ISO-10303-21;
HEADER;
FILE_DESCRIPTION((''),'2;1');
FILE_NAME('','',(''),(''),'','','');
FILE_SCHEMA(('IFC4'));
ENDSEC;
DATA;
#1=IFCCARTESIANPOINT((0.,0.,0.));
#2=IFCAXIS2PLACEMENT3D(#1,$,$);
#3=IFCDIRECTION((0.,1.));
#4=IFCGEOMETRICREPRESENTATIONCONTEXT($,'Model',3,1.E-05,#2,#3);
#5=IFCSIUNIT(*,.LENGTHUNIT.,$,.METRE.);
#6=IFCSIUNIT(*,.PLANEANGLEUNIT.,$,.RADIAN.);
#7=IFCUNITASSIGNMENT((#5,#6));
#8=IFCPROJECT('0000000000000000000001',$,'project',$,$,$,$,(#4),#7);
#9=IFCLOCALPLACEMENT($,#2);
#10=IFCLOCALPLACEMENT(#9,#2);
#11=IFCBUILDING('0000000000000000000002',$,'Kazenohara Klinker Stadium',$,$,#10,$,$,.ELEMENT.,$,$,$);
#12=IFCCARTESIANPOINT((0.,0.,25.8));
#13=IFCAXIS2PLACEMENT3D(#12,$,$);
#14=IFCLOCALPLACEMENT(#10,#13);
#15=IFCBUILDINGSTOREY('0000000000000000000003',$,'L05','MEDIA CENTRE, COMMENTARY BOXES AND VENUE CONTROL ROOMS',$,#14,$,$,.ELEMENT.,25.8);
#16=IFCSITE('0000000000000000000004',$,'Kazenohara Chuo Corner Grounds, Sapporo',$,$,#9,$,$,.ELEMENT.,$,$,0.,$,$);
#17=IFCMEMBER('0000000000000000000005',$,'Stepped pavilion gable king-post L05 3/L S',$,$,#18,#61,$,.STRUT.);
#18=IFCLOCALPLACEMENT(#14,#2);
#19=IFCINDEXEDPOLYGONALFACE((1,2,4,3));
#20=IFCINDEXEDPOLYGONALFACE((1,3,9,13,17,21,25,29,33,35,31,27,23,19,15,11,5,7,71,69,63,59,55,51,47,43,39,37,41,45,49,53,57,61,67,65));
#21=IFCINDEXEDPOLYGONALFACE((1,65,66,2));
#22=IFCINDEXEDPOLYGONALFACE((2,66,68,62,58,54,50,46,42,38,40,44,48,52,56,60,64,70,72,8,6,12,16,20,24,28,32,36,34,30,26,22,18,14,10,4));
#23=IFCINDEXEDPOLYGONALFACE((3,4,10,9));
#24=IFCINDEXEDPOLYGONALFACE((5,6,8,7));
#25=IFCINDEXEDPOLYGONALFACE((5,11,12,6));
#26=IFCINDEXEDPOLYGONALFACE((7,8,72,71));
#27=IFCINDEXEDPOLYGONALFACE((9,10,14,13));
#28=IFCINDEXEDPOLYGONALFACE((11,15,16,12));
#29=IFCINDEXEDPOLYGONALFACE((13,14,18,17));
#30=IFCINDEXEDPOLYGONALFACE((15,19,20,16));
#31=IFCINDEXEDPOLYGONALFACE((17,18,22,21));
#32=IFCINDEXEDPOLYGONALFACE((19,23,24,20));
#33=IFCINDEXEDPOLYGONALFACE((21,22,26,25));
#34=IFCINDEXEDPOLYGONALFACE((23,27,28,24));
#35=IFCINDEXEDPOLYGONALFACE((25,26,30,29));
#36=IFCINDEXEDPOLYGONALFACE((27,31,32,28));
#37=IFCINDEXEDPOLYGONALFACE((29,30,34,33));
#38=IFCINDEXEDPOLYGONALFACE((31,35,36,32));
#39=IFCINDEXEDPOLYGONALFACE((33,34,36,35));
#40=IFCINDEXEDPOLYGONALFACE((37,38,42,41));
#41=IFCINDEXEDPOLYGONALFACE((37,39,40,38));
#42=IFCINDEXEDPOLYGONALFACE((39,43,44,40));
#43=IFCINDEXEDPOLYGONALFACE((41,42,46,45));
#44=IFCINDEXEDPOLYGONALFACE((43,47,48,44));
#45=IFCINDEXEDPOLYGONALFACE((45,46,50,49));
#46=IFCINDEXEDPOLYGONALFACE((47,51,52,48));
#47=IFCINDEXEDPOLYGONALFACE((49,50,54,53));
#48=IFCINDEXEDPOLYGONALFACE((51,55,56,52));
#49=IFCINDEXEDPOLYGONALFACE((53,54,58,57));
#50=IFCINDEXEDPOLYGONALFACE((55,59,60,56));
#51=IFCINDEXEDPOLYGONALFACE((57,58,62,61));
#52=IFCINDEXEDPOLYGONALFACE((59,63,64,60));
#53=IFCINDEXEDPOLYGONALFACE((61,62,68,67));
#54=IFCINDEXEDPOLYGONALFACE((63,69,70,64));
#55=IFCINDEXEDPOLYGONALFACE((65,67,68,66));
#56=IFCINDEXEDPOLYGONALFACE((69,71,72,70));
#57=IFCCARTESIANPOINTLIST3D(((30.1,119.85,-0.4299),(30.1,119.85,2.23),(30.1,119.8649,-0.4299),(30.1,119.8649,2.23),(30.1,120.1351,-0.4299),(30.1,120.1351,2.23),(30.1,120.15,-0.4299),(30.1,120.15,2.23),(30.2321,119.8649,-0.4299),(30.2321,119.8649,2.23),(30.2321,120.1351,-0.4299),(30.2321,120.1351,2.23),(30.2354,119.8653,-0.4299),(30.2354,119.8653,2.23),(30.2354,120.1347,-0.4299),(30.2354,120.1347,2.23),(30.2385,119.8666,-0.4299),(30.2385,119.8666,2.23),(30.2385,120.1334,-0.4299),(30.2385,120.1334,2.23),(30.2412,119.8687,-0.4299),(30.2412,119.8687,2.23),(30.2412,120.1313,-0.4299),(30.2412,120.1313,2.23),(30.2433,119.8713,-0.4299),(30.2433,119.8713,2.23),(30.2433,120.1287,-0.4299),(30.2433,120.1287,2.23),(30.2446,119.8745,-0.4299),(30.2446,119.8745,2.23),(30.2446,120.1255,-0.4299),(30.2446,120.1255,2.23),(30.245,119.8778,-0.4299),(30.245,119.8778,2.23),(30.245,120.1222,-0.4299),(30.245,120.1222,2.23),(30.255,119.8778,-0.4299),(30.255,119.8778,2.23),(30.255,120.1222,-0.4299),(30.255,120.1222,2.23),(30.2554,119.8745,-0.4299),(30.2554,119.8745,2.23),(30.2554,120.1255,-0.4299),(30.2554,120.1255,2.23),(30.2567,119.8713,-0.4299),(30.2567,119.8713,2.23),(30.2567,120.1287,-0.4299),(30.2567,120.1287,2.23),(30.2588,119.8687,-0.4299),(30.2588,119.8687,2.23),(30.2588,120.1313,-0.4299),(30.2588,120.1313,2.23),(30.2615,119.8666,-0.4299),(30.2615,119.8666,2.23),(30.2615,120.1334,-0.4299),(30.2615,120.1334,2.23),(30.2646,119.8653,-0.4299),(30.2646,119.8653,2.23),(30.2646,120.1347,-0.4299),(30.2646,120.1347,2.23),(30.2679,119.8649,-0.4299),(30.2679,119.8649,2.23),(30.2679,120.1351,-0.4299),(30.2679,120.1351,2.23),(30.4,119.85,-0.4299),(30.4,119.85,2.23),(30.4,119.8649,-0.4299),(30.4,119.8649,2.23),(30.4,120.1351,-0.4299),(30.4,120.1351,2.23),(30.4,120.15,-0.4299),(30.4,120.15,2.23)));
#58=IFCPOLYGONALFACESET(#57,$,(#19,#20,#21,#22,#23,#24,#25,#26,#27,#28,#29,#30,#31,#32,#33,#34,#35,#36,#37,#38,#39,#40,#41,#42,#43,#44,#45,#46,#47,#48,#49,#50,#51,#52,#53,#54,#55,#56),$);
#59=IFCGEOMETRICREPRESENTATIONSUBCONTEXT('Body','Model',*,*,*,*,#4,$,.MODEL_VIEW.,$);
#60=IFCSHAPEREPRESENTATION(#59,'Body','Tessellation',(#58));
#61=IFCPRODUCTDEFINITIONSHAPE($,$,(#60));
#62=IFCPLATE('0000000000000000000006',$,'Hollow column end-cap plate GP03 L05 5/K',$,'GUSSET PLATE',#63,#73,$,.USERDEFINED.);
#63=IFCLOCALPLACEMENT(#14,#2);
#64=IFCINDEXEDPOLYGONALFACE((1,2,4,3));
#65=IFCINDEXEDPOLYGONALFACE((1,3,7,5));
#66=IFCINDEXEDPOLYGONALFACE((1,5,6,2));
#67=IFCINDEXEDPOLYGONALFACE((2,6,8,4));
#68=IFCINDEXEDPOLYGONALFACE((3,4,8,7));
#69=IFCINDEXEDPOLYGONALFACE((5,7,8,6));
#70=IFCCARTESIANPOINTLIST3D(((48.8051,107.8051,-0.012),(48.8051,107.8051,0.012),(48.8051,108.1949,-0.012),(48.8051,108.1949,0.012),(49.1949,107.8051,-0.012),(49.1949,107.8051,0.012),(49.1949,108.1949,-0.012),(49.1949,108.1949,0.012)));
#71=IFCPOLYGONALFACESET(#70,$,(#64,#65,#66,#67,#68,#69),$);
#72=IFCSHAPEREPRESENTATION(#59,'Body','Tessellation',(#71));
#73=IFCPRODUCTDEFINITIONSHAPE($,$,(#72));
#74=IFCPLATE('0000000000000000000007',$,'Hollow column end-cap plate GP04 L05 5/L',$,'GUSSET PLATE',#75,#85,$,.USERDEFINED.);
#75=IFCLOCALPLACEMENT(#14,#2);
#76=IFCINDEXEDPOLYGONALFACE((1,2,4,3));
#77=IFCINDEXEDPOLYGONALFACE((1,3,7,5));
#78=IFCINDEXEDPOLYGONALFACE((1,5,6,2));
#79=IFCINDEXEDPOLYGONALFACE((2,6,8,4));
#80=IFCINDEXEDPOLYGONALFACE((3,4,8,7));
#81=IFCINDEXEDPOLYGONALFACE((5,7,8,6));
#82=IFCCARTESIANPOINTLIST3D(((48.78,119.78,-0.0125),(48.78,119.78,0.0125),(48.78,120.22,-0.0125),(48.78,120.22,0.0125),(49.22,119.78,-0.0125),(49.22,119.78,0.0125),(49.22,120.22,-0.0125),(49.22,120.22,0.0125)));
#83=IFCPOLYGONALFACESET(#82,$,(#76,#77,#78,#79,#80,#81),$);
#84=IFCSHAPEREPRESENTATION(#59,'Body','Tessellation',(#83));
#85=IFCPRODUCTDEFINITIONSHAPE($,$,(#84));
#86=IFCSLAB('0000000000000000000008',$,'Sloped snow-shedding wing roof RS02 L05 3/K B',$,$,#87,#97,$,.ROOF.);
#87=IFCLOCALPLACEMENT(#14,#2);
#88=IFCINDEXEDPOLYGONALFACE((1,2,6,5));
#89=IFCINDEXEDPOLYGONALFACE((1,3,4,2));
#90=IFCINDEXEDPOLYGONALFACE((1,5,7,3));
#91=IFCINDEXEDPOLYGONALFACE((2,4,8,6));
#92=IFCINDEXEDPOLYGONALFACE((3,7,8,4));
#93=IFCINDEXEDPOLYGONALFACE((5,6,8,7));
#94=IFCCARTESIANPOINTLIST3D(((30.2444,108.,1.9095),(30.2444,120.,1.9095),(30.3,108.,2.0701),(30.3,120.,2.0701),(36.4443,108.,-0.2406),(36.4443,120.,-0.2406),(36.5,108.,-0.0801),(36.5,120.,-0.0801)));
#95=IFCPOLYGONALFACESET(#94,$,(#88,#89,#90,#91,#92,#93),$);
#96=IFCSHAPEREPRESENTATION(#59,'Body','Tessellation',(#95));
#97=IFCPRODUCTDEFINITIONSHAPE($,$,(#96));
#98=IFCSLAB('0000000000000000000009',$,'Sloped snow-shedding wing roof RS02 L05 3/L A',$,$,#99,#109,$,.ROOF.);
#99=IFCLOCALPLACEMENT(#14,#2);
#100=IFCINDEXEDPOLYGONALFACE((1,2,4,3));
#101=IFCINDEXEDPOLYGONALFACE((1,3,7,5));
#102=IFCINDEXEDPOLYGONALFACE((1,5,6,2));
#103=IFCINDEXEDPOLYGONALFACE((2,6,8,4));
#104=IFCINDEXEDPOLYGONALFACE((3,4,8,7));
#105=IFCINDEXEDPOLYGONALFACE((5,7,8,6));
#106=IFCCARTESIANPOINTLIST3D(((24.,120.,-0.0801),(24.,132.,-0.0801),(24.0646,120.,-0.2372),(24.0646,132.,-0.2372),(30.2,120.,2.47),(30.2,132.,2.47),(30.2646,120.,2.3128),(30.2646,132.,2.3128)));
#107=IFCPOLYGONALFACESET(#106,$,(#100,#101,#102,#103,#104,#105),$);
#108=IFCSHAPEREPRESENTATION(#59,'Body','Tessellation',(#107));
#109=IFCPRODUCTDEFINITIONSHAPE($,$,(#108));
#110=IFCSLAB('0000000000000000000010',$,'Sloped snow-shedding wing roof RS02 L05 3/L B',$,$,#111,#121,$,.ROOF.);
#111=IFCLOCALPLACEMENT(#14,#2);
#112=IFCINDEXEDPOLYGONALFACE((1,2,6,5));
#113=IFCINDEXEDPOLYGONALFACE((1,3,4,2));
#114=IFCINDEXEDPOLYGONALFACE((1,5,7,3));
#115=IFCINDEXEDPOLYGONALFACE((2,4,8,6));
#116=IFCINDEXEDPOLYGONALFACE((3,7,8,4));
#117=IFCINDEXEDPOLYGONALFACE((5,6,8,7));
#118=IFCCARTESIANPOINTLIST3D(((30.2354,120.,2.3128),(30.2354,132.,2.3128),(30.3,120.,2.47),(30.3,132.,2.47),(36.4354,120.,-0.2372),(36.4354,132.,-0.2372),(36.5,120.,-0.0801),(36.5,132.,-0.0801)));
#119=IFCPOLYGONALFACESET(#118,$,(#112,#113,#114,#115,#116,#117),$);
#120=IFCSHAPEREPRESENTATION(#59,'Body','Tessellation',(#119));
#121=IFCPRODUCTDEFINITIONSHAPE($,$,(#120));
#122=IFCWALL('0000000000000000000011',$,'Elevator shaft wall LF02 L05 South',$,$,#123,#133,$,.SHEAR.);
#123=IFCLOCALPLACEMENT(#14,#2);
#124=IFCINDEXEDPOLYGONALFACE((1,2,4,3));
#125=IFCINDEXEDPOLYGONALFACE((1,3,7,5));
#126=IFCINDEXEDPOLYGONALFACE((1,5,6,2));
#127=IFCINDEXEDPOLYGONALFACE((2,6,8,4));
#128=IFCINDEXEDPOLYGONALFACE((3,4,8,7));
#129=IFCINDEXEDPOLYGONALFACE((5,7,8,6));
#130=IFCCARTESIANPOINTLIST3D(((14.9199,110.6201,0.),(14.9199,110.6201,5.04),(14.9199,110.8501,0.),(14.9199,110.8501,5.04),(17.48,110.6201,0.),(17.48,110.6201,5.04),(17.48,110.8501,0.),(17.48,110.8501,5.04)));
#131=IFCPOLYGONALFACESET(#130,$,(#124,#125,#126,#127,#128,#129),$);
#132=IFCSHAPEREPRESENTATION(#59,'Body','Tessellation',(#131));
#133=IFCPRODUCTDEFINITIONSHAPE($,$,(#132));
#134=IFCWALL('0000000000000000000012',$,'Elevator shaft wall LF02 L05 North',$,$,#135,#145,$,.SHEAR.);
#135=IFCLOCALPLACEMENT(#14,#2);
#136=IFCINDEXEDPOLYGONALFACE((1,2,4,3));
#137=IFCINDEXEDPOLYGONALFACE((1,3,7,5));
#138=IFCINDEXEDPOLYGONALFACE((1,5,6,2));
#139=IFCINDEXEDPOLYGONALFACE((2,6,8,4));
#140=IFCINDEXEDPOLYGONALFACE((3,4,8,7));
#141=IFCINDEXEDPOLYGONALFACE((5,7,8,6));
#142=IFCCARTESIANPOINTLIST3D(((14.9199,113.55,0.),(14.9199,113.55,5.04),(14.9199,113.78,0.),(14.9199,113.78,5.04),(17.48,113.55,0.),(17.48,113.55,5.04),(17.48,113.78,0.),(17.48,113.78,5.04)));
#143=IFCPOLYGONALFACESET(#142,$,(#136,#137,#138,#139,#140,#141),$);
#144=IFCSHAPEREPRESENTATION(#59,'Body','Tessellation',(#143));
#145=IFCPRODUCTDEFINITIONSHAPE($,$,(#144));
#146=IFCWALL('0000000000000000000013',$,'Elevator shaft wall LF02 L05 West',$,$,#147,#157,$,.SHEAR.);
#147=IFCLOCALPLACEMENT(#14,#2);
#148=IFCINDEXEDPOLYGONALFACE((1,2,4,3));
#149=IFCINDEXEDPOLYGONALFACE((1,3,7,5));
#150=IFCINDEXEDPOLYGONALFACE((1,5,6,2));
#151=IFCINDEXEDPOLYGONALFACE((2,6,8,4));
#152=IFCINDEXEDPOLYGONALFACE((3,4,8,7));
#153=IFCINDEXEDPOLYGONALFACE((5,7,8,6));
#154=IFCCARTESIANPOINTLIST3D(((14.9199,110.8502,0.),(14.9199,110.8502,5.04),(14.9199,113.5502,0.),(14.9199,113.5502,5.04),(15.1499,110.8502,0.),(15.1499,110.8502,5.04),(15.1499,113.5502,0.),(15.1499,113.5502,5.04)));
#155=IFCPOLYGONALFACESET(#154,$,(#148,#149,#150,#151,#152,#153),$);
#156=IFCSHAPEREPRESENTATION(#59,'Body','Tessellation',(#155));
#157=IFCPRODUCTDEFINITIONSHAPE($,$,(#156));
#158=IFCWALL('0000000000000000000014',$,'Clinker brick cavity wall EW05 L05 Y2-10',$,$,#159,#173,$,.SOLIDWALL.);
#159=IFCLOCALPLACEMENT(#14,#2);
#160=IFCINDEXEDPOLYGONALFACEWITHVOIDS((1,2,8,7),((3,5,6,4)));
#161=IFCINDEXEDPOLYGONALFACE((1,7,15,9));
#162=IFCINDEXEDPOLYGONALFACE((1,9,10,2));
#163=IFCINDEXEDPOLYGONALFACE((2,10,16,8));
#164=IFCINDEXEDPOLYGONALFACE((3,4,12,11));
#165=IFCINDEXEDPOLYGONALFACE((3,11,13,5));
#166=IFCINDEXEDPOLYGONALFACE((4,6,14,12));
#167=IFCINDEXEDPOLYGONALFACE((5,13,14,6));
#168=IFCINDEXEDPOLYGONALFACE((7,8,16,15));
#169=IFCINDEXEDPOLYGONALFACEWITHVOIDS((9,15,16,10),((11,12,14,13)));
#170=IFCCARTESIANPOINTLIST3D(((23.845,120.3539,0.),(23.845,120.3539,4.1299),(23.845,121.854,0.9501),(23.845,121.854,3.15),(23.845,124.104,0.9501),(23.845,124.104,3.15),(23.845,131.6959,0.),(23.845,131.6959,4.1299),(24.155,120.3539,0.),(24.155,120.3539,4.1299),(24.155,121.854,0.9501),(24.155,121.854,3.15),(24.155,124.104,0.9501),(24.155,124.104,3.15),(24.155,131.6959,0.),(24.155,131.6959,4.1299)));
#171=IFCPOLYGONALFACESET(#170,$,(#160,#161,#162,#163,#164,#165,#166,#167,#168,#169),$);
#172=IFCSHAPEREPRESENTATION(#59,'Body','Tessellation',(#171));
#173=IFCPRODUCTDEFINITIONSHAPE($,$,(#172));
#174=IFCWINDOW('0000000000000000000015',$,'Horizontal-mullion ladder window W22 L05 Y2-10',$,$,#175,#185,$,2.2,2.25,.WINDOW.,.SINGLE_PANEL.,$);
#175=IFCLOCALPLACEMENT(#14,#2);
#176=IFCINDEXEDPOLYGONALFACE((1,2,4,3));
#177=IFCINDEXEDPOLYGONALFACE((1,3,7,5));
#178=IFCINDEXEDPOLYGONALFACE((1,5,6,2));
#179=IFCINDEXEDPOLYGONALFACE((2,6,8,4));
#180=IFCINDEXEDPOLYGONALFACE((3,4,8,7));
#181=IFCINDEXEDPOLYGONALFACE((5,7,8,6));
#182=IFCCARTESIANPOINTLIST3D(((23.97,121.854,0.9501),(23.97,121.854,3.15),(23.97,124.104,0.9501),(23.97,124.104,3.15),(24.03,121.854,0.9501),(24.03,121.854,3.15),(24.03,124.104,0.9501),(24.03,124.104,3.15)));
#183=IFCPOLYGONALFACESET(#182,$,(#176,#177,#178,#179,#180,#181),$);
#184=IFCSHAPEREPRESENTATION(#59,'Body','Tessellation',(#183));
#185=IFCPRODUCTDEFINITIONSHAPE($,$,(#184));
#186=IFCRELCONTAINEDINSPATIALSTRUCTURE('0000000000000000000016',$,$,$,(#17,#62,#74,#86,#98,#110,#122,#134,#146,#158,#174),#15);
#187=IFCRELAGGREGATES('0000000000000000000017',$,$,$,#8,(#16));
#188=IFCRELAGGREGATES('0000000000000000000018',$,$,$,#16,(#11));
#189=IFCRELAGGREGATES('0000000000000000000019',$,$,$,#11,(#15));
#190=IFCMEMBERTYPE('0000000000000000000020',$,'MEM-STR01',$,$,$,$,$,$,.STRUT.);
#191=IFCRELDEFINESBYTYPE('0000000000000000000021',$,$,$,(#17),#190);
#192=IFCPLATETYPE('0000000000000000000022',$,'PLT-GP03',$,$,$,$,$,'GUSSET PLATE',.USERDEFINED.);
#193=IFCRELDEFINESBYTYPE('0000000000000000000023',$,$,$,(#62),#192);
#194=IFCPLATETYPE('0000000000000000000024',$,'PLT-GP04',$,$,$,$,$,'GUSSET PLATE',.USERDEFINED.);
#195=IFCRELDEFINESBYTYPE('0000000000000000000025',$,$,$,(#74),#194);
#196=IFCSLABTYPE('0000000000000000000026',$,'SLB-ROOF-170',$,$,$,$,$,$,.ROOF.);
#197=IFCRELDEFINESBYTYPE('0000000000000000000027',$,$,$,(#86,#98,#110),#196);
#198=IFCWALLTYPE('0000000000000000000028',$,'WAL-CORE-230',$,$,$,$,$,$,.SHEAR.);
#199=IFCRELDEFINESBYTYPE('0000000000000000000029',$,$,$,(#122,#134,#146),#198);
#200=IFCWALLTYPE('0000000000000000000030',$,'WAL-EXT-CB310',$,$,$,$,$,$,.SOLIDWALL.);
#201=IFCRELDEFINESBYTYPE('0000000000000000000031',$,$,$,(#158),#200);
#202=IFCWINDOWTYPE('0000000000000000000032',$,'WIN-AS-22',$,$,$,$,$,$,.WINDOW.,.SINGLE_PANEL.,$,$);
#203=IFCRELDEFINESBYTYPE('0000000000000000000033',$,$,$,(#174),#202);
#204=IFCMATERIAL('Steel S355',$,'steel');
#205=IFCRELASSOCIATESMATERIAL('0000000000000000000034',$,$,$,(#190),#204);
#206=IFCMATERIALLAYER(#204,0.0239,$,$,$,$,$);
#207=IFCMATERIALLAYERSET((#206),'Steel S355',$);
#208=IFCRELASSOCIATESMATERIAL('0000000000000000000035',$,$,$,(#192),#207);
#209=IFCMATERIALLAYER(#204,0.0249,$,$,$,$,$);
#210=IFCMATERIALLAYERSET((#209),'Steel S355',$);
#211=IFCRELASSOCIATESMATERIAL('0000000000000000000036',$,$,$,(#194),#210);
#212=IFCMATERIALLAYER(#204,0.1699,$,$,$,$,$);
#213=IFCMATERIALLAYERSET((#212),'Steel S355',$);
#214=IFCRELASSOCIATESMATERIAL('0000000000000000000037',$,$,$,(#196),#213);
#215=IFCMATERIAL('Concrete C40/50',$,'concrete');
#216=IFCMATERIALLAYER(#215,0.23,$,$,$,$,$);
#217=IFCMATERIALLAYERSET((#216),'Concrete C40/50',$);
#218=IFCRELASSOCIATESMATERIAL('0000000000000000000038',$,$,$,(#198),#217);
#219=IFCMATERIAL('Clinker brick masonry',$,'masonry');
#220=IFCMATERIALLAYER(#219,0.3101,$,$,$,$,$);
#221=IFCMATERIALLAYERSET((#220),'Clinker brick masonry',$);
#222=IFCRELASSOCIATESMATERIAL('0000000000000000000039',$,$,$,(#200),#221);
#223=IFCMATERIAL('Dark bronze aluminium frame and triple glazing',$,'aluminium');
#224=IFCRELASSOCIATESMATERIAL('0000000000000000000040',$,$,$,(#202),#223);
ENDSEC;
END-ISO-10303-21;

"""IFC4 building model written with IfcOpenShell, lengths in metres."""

from ifc_helpers import new_model, si_unit, direction, frame, frame_2d, origin, origin_2d, place, context, subcontext, project, spatial, polyline, rectangle, i_section, outline, extrude, material, layer, layer_set, material_profile, profile_set, type_object, element, fill, save


model = new_model("IFC4")

# Units and contexts
model_context = context("Model", 3, precision=1e-05, world=origin(), true_north=direction((0.0, 1.0)))
body_context = subcontext(model_context, "Body", "Model", "MODEL_VIEW")
ifc_project = project(units=[si_unit("LENGTHUNIT", "METRE"), si_unit("PLANEANGLEUNIT", "RADIAN")], contexts=[model_context])

# Site, building, storey
site_placement = place(None, origin())
site = spatial("IfcSite", under=ifc_project, at=site_placement, Name="Kazenohara Chuo Corner Grounds, Sapporo", CompositionType="ELEMENT", RefElevation=0.0)
building_placement = place(site_placement, origin())
building = spatial("IfcBuilding", under=site, at=building_placement, Name="Kazenohara Klinker Stadium", CompositionType="ELEMENT")
storey_placement = place(building_placement, frame((0.0, 0.0, 25.8)))
storey = spatial("IfcBuildingStorey", under=building, at=storey_placement, Name="L05", Description="MEDIA CENTRE, COMMENTARY BOXES AND VENUE CONTROL ROOMS", CompositionType="ELEMENT", Elevation=25.8)

# Shared definitions
ifc_material_1 = material(Name="Concrete C40/50", Category="concrete")
ifc_material_2 = material(Name="Steel S355", Category="steel")

# Member
ifc_material_profile_1 = material_profile(ifc_material_2, i_section(OverallWidth=0.3, OverallDepth=0.3, WebThickness=0.01, FlangeThickness=0.0149, FilletRadius=0.0129, at=origin_2d()), Name="H-300x300x10x15")
ifc_profile_set_1 = profile_set([ifc_material_profile_1], Name="Steel S355")
member_type_1 = type_object("IfcMemberType", Name="MEM-STR01", PredefinedType="STRUT", material=ifc_profile_set_1)
for number, where, z_axis, x_axis, name in (
    (1, (30.25, 120.0, -0.4299), (0.0, 0.0, 1.0), (1.0, 0.0, 0.0), "Stepped pavilion gable king-post L05 3/L S"),
):
    element("IfcMember", number, at=place(storey_placement, frame(where, z_axis=z_axis, x_axis=x_axis)), inside=storey, type_object=member_type_1, Name=name, PredefinedType="STRUT", context=body_context, shape_type="SweptSolid", body=[
        extrude(i_section(OverallWidth=0.3, OverallDepth=0.3, WebThickness=0.01, FlangeThickness=0.0149, FilletRadius=0.0129, at=origin_2d()), origin(), (0.0, 0.0, 1.0), 2.6599),
    ])

# Plates
ifc_layer_1 = layer(ifc_material_2, 0.0239)
ifc_layer_set_1 = layer_set([ifc_layer_1], Name="Steel S355")
plate_type_1 = type_object("IfcPlateType", Name="PLT-GP03", ElementType="GUSSET PLATE", PredefinedType="USERDEFINED", material=ifc_layer_set_1)
plate_1_placement = place(storey_placement, frame((49.0, 108.0, -0.012), z_axis=(0.0, 0.0, 1.0), x_axis=(1.0, 0.0, 0.0)))
element("IfcPlate", 2, at=plate_1_placement, inside=storey, type_object=plate_type_1, Name="Hollow column end-cap plate GP03 L05 5/K", ObjectType="GUSSET PLATE", PredefinedType="USERDEFINED", context=body_context, shape_type="SweptSolid", body=[
    extrude(rectangle(XDim=0.3899, YDim=0.3899, at=origin_2d()), origin(), (0.0, 0.0, 1.0), 0.0239),
])
ifc_layer_2 = layer(ifc_material_2, 0.0249)
ifc_layer_set_2 = layer_set([ifc_layer_2], Name="Steel S355")
plate_type_2 = type_object("IfcPlateType", Name="PLT-GP04", ElementType="GUSSET PLATE", PredefinedType="USERDEFINED", material=ifc_layer_set_2)
plate_2_placement = place(storey_placement, frame((49.0, 120.0, -0.0125), z_axis=(0.0, 0.0, 1.0), x_axis=(1.0, 0.0, 0.0)))
element("IfcPlate", 3, at=plate_2_placement, inside=storey, type_object=plate_type_2, Name="Hollow column end-cap plate GP04 L05 5/L", ObjectType="GUSSET PLATE", PredefinedType="USERDEFINED", context=body_context, shape_type="SweptSolid", body=[
    extrude(rectangle(XDim=0.4399, YDim=0.4399, at=origin_2d()), origin(), (0.0, 0.0, 1.0), 0.0249),
])

# Slabs
ifc_layer_3 = layer(ifc_material_2, 0.1699)
ifc_layer_set_3 = layer_set([ifc_layer_3], Name="Steel S355")
slab_type = type_object("IfcSlabType", Name="SLB-ROOF-170", PredefinedType="ROOF", material=ifc_layer_set_3)
slab_placement = place(storey_placement, frame((30.3, 108.0, 2.0701), z_axis=(0.327656, 0.0, 0.944797), x_axis=(0.944797, 0.0, -0.327656)))
element("IfcSlab", 4, at=slab_placement, inside=storey, type_object=slab_type, Name="Sloped snow-shedding wing roof RS02 L05 3/K B", PredefinedType="ROOF", context=body_context, shape_type="SweptSolid", body=[
    extrude(outline(polyline([(0.0, 0.0), (6.5622, 0.0), (6.5622, 12.0), (0.0, 12.0), (0.0, 0.0)])), origin(), (0.0, 0.0, -1.0), 0.1699),
])
for number, where, z_axis, x_axis, name in (
    (5, (24.0, 120.0, -0.0801), (-0.380383, 0.0, 0.924829), (0.924829, 0.0, 0.380383), "Sloped snow-shedding wing roof RS02 L05 3/L A"),
    (6, (30.3, 120.0, 2.47), (0.380383, 0.0, 0.924829), (0.924829, 0.0, -0.380383), "Sloped snow-shedding wing roof RS02 L05 3/L B"),
):
    element("IfcSlab", number, at=place(storey_placement, frame(where, z_axis=z_axis, x_axis=x_axis)), inside=storey, type_object=slab_type, Name=name, PredefinedType="ROOF", context=body_context, shape_type="SweptSolid", body=[
        extrude(outline(polyline([(0.0, 0.0), (6.7039, 0.0), (6.7039, 12.0), (0.0, 12.0), (0.0, 0.0)])), origin(), (0.0, 0.0, -1.0), 0.1699),
    ])

# Walls
ifc_layer_4 = layer(ifc_material_1, 0.23)
ifc_layer_set_4 = layer_set([ifc_layer_4], Name="Concrete C40/50")
wall_type_1 = type_object("IfcWallType", Name="WAL-CORE-230", PredefinedType="SHEAR", material=ifc_layer_set_4)
for number, where, z_axis, x_axis, name in (
    (7, (14.9199, 110.7351, 0.0), (0.0, 0.0, 1.0), (1.0, 0.0, 0.0), "Elevator shaft wall LF02 L05 South"),
    (8, (14.9199, 113.665, 0.0), (0.0, 0.0, 1.0), (1.0, 0.0, 0.0), "Elevator shaft wall LF02 L05 North"),
):
    element("IfcWall", number, at=place(storey_placement, frame(where, z_axis=z_axis, x_axis=x_axis)), inside=storey, type_object=wall_type_1, Name=name, PredefinedType="SHEAR", context=body_context, shape_type="SweptSolid", body=[
        extrude(rectangle(XDim=2.5601, YDim=0.23, at=frame_2d((1.28, 0.0))), origin(), (0.0, 0.0, 1.0), 5.04),
    ])
wall_1_placement = place(storey_placement, frame((15.0349, 110.8501, 0.0), z_axis=(0.0, 0.0, 1.0), x_axis=(0.0, 1.0, 0.0)))
element("IfcWall", 9, at=wall_1_placement, inside=storey, type_object=wall_type_1, Name="Elevator shaft wall LF02 L05 West", PredefinedType="SHEAR", context=body_context, shape_type="SweptSolid", body=[
    extrude(rectangle(XDim=2.7, YDim=0.23, at=frame_2d((1.3501, 0.0))), origin(), (0.0, 0.0, 1.0), 5.04),
])

# Wall, opening, window
ifc_material_3 = material(Name="Clinker brick masonry", Category="masonry")
ifc_layer_5 = layer(ifc_material_3, 0.3101)
ifc_layer_set_5 = layer_set([ifc_layer_5], Name="Clinker brick masonry")
wall_type_2 = type_object("IfcWallType", Name="WAL-EXT-CB310", PredefinedType="SOLIDWALL", material=ifc_layer_set_5)
wall_2_placement = place(storey_placement, frame((24.0, 120.354, 0.0), z_axis=(0.0, 0.0, 1.0), x_axis=(0.0, 1.0, 0.0)))
wall_2 = element("IfcWall", 10, at=wall_2_placement, inside=storey, type_object=wall_type_2, Name="Clinker brick cavity wall EW05 L05 Y2-10", PredefinedType="SOLIDWALL", context=body_context, shape_type="SweptSolid", body=[
    extrude(rectangle(XDim=11.342, YDim=0.3101, at=frame_2d((5.6709, 0.0))), origin(), (0.0, 0.0, 1.0), 4.1299),
])
opening_1_placement = place(wall_2_placement, frame((1.5, 0.0, 0.95)))
opening_1 = element("IfcOpeningElement", 11, at=opening_1_placement, cuts=wall_2, PredefinedType="OPENING", context=body_context, shape_type="SweptSolid", body=[
    extrude(rectangle(XDim=2.25, YDim=2.2, at=frame_2d((1.125, 1.1001))), frame((0.0, 0.165, 0.0), z_axis=(0.0, -1.0, 0.0), x_axis=(1.0, 0.0, 0.0)), (0.0, 0.0, 1.0), 0.3301),
])
ifc_material_4 = material(Name="Dark bronze aluminium frame and triple glazing", Category="aluminium")
window_type_1 = type_object("IfcWindowType", Name="WIN-AS-22", PartitioningType="SINGLE_PANEL", PredefinedType="WINDOW", material=ifc_material_4)
window_1_placement = place(opening_1_placement, origin())
window_1 = element("IfcWindow", 12, at=window_1_placement, inside=storey, type_object=window_type_1, Name="Horizontal-mullion ladder window W22 L05 Y2-10", OverallHeight=2.2, OverallWidth=2.25, PartitioningType="SINGLE_PANEL", PredefinedType="WINDOW", context=body_context, shape_type="SweptSolid", body=[
    extrude(rectangle(XDim=2.25, YDim=2.2, at=frame_2d((1.125, 1.1001))), frame((0.0, 0.03, 0.0), z_axis=(0.0, -1.0, 0.0), x_axis=(1.0, 0.0, 0.0)), (0.0, 0.0, 1.0), 0.0601),
])
fill(opening_1, window_1)

save(model, "model.ifc")
